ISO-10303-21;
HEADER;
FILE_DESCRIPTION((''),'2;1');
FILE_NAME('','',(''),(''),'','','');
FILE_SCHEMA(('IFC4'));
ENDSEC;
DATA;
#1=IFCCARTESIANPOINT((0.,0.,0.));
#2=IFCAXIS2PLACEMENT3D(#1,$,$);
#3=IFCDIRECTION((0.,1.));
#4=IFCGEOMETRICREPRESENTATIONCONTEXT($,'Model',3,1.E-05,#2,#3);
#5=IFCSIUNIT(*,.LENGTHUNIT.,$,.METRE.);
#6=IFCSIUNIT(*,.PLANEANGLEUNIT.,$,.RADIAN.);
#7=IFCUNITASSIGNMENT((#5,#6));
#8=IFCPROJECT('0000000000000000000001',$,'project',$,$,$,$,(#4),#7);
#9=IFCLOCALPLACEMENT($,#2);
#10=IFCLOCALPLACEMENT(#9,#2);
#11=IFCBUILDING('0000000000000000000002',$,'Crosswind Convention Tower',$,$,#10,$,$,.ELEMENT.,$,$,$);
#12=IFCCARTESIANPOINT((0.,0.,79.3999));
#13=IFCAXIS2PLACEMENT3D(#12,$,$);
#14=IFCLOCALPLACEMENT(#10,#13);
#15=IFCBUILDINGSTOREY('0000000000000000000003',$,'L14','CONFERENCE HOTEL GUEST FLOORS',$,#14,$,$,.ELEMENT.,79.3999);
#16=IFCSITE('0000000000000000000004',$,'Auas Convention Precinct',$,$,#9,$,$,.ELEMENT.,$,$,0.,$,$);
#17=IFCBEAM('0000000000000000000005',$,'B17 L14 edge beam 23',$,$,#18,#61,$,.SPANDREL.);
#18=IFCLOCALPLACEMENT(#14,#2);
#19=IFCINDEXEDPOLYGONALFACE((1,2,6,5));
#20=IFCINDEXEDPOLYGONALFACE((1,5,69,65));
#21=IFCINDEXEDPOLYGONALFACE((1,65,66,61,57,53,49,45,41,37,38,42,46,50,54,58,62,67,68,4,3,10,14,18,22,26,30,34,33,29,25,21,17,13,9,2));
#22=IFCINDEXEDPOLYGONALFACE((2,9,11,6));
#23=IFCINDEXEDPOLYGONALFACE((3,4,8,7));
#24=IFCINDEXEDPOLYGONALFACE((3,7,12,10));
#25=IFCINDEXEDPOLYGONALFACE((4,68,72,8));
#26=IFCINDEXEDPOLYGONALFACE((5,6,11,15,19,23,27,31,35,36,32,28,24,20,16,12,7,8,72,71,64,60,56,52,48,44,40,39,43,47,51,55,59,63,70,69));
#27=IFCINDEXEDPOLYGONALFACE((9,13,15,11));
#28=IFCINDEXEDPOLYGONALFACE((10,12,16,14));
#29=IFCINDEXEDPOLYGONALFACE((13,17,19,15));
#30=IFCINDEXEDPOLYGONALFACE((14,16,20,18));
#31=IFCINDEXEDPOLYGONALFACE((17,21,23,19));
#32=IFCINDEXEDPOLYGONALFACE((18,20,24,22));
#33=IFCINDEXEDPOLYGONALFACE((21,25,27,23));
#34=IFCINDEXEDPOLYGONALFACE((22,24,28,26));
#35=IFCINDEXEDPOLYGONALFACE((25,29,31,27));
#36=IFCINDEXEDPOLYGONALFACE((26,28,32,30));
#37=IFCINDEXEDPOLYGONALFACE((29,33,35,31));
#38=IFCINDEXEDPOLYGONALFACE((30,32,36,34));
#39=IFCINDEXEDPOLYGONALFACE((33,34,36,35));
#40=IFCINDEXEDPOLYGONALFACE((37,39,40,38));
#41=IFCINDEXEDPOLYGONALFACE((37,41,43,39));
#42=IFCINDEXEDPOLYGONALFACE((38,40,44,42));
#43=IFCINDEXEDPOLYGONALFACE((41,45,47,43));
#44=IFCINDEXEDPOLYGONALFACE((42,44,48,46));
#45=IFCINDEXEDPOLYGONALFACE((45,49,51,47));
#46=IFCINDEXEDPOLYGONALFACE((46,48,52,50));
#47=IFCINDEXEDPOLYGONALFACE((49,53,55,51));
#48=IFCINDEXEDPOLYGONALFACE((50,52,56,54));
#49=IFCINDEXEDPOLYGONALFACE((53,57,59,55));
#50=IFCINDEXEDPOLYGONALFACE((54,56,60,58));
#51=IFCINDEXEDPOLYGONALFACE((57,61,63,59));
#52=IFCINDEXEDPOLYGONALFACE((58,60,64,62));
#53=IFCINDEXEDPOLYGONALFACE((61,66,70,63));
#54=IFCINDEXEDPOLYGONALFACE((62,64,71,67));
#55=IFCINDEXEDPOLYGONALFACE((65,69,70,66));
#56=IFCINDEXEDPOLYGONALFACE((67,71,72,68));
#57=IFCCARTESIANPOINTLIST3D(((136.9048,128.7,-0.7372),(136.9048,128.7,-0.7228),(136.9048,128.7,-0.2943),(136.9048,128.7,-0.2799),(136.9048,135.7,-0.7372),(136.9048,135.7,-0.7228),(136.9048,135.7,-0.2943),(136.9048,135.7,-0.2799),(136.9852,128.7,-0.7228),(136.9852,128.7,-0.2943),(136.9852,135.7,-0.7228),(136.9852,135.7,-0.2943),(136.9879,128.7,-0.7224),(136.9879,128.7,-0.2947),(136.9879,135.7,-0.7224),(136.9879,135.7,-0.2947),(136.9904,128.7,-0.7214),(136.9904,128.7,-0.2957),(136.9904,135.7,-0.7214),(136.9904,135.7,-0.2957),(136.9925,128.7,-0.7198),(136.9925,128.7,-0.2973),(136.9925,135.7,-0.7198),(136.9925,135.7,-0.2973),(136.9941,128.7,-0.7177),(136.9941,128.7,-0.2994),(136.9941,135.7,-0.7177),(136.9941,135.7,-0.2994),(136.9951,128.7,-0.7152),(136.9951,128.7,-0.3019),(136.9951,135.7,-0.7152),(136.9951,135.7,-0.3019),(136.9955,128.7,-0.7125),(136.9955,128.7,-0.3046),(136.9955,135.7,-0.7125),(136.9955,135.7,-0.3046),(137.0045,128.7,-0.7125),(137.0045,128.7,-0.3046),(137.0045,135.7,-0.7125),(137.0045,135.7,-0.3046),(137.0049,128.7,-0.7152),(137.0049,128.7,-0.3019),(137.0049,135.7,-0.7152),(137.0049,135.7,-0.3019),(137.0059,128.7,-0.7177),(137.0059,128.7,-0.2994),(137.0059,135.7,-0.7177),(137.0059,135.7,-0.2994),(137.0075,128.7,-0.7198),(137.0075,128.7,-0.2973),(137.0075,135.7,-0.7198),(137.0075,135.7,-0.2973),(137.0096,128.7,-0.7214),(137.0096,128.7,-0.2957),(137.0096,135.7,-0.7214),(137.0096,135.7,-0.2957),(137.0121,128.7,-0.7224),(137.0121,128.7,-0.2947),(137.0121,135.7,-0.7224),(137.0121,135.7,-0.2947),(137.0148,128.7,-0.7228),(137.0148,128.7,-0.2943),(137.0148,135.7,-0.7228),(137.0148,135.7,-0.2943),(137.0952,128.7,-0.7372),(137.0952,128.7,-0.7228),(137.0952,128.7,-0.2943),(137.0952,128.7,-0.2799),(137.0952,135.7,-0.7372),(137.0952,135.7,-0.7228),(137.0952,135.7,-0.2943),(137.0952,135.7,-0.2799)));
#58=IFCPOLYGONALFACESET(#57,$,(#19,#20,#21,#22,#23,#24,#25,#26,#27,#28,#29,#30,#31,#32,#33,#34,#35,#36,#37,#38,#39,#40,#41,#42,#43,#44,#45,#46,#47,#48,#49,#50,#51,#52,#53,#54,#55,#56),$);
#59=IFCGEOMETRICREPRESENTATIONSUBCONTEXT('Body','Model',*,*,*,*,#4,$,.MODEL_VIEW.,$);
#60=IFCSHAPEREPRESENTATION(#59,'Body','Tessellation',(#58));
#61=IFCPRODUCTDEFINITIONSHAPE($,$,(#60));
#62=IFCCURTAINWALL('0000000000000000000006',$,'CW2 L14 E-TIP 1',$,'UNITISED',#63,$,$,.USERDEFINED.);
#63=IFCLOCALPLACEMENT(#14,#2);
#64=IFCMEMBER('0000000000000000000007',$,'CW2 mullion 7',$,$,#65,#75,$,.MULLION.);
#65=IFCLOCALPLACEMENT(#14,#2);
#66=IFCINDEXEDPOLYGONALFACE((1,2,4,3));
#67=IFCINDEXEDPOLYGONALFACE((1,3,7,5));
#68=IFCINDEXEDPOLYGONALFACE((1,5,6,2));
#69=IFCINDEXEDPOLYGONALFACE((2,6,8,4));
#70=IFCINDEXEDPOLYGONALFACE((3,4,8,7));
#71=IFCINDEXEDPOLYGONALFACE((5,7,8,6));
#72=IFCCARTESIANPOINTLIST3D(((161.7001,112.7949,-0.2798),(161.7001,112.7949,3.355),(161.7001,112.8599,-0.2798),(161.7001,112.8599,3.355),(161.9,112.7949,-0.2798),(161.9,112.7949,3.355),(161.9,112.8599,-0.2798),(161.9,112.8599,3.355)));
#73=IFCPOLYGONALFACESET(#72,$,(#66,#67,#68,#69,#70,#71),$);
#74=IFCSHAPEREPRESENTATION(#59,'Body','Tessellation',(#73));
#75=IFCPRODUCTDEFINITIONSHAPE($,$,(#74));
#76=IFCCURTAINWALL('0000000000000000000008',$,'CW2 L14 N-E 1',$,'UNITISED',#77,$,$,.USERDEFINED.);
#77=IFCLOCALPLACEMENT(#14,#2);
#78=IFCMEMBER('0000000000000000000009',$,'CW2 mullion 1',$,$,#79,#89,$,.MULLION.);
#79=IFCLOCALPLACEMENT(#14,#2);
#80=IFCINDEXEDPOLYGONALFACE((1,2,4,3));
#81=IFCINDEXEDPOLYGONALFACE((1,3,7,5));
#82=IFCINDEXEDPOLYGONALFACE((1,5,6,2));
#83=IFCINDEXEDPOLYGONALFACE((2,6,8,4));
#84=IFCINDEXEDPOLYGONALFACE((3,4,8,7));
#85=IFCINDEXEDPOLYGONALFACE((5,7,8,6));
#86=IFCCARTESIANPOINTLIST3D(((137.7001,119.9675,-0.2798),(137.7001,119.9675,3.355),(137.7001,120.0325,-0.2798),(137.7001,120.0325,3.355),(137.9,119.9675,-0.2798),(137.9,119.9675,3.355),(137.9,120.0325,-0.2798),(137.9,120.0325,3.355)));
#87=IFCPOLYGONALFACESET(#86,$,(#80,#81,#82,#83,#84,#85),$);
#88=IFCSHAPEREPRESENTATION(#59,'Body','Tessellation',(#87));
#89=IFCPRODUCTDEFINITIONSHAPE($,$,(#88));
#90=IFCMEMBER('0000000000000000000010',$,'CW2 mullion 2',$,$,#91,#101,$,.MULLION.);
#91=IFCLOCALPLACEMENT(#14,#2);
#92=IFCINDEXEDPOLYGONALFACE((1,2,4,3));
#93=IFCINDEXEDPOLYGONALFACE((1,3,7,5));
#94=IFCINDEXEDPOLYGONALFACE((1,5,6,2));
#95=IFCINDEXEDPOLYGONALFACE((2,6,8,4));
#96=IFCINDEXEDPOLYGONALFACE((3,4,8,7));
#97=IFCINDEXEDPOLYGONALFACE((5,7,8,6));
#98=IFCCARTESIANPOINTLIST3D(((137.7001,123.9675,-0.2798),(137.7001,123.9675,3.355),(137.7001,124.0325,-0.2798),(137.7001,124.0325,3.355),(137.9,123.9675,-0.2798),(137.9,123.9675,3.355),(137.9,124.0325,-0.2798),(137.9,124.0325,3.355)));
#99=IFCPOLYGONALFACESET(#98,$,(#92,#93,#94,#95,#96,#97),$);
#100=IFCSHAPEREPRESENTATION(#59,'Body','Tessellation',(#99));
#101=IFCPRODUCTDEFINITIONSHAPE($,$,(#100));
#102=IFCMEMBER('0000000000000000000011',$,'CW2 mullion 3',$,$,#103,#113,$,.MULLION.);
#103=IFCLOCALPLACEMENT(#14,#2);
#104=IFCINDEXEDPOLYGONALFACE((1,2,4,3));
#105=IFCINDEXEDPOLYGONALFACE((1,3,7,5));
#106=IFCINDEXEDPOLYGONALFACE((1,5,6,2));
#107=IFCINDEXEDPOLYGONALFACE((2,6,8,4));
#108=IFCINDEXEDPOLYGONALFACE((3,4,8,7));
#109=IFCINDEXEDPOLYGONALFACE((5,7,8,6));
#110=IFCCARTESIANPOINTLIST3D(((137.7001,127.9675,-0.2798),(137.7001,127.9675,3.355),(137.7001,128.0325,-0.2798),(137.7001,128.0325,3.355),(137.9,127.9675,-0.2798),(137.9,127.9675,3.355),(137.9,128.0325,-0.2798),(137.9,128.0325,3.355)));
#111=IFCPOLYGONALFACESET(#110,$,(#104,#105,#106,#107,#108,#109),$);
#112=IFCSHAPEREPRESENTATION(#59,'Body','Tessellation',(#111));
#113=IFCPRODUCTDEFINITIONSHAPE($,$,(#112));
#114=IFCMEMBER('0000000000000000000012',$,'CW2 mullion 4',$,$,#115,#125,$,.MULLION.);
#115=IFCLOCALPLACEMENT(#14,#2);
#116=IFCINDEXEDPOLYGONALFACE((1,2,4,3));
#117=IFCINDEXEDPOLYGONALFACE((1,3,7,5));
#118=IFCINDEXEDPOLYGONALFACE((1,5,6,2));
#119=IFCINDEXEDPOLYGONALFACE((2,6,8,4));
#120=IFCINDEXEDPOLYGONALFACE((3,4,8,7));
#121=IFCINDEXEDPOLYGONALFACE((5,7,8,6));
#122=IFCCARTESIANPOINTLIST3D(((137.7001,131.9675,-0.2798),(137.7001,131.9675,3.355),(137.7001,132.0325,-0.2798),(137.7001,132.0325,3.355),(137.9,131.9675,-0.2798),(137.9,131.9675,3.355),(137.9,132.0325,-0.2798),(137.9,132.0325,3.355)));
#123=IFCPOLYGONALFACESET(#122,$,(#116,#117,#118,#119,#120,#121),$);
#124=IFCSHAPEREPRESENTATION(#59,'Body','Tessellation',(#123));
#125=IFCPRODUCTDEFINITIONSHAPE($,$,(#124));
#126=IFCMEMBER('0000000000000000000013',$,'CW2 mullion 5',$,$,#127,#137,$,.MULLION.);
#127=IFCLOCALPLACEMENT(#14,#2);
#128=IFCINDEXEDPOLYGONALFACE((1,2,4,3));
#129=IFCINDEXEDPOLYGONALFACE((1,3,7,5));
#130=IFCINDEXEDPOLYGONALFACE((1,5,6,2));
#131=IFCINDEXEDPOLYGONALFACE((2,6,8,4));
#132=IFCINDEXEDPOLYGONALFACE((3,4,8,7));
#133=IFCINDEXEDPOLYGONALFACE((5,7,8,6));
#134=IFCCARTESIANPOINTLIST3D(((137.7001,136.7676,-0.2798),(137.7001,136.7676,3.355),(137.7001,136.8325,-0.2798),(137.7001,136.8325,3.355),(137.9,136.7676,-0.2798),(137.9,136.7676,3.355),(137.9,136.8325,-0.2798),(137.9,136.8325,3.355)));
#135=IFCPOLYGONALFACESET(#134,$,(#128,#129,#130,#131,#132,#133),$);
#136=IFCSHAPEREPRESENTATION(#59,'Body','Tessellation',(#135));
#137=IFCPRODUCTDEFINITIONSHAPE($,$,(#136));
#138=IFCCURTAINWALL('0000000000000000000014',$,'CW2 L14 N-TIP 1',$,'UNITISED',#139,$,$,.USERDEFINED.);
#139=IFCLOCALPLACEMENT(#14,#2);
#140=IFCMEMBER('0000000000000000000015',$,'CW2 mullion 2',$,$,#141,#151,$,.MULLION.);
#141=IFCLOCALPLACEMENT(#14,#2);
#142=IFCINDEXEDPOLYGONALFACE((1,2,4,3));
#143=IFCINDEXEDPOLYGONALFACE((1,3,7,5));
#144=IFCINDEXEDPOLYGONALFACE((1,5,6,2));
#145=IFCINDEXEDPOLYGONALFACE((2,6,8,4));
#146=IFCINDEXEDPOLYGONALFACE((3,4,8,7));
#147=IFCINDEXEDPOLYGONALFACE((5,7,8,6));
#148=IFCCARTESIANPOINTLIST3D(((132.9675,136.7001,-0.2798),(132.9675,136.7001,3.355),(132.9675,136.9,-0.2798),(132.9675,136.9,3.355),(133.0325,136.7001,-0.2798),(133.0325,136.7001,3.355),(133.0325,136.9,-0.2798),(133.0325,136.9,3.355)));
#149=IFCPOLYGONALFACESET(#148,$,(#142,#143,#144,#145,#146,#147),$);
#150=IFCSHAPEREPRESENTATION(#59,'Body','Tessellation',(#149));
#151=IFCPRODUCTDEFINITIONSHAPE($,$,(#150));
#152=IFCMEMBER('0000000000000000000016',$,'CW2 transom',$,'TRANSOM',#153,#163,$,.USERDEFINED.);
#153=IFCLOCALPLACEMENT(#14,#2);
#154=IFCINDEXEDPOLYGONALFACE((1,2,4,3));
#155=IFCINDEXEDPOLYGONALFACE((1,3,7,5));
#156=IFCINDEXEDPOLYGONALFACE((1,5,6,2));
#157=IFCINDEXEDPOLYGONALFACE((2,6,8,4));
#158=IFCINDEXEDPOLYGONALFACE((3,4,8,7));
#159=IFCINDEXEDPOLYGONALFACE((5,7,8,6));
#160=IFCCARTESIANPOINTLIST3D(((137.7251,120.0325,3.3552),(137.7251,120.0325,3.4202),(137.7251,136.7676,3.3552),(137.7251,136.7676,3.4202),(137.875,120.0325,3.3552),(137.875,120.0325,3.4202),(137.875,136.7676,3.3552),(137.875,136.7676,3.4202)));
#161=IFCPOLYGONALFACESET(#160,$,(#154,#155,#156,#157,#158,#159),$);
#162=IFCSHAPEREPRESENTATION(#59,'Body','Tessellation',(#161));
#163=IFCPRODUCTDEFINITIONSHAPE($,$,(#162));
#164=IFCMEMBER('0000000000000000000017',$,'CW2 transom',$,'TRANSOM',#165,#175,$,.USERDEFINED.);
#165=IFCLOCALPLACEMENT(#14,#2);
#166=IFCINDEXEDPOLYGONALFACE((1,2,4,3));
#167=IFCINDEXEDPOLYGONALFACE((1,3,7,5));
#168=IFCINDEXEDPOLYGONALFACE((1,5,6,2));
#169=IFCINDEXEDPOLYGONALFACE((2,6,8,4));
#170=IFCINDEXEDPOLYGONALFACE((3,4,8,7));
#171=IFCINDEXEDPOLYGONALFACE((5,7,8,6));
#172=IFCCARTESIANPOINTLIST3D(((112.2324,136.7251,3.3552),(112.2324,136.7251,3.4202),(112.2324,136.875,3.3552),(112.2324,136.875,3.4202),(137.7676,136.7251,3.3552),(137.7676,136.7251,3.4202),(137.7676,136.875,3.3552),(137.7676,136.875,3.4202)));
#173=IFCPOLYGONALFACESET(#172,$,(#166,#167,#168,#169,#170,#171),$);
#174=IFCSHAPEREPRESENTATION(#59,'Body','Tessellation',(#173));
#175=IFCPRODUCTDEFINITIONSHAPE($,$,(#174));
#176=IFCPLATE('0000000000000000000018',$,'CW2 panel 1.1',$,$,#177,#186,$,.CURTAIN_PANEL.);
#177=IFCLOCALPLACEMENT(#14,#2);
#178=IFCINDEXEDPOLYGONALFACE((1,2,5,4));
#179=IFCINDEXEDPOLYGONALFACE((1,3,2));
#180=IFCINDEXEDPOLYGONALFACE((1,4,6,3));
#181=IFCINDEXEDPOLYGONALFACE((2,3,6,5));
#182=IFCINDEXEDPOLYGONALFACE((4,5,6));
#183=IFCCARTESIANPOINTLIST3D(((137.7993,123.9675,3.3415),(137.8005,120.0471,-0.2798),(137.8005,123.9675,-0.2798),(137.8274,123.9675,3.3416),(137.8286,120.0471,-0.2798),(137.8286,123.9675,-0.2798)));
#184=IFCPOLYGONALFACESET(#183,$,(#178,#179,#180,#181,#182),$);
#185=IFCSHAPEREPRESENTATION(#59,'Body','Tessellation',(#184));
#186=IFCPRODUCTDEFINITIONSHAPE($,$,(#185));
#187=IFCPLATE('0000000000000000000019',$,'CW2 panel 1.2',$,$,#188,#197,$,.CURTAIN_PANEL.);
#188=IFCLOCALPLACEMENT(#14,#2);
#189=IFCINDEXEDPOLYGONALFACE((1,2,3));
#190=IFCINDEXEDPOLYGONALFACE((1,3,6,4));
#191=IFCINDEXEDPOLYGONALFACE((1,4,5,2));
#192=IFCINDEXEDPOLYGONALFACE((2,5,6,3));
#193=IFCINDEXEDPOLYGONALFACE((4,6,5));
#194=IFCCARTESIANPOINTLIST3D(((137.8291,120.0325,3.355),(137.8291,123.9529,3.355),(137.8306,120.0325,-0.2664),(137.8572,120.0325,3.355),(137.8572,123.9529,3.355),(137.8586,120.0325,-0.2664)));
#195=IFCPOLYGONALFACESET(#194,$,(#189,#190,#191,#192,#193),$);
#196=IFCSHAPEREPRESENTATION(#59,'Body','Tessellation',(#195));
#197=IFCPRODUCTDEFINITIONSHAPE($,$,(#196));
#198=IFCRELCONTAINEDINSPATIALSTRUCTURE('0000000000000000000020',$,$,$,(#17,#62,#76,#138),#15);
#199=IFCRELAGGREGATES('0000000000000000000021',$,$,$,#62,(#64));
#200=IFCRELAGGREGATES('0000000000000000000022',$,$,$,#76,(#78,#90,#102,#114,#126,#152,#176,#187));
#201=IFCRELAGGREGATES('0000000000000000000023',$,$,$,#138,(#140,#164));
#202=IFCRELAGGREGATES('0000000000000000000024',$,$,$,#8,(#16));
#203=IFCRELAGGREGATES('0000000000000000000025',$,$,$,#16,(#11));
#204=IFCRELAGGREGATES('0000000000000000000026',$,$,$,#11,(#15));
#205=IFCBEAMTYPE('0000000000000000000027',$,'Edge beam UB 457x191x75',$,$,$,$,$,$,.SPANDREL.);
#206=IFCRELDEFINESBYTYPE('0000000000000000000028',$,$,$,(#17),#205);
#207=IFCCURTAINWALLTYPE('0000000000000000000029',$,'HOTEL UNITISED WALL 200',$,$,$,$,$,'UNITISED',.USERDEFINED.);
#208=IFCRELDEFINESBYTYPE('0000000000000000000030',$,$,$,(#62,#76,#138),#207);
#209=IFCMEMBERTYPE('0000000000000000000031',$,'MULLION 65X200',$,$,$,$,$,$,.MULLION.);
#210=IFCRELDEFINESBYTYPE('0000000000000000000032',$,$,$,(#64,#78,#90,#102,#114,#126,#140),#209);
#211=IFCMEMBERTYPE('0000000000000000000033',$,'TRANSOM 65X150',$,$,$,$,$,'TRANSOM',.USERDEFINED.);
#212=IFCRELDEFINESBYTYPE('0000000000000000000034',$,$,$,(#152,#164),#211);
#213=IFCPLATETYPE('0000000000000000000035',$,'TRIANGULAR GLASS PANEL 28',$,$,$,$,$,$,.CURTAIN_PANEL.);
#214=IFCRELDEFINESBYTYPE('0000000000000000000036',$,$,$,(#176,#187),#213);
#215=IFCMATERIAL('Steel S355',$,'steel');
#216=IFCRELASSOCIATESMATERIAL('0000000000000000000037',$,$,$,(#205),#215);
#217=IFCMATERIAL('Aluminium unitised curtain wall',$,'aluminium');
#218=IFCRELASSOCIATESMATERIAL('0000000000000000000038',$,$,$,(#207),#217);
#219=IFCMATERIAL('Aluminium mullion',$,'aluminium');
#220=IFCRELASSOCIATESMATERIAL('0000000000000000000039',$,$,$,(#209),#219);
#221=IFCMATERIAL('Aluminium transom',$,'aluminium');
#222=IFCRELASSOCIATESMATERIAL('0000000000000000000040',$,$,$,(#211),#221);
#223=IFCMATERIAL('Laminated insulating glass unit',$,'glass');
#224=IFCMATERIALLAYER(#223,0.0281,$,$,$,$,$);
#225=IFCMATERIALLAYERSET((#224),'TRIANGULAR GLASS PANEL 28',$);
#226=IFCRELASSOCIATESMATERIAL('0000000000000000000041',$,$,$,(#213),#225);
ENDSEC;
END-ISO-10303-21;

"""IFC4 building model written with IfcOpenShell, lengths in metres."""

from ifc_helpers import new_model, si_unit, direction, frame, origin, origin_2d, place, context, subcontext, project, spatial, polyline, rectangle, i_section, outline, extrude, material, layer, layer_set, material_profile, profile_set, type_object, element, aggregate, save


model = new_model("IFC4")

# Units and contexts
model_context = context("Model", 3, precision=1e-05, world=origin(), true_north=direction((0.0, 1.0)))
body_context = subcontext(model_context, "Body", "Model", "MODEL_VIEW")
ifc_project = project(units=[si_unit("LENGTHUNIT", "METRE"), si_unit("PLANEANGLEUNIT", "RADIAN")], contexts=[model_context])

# Site, building, storey
site_placement = place(None, origin())
site = spatial("IfcSite", under=ifc_project, at=site_placement, Name="Auas Convention Precinct", CompositionType="ELEMENT", RefElevation=0.0)
building_placement = place(site_placement, origin())
building = spatial("IfcBuilding", under=site, at=building_placement, Name="Crosswind Convention Tower", CompositionType="ELEMENT")
storey_placement = place(building_placement, frame((0.0, 0.0, 79.3999)))
storey = spatial("IfcBuildingStorey", under=building, at=storey_placement, Name="L14", Description="CONFERENCE HOTEL GUEST FLOORS", CompositionType="ELEMENT", Elevation=79.3999)

# Beam
ifc_material_1 = material(Name="Steel S355", Category="steel")
ifc_material_profile_1 = material_profile(ifc_material_1, i_section(OverallWidth=0.1904, OverallDepth=0.4573, WebThickness=0.009, FlangeThickness=0.0144, FilletRadius=0.0103, at=origin_2d()), Name="UB 457x191x75")
ifc_profile_set_1 = profile_set([ifc_material_profile_1], Name="Steel S355")
beam_type_1 = type_object("IfcBeamType", Name="Edge beam UB 457x191x75", PredefinedType="SPANDREL", material=ifc_profile_set_1)
beam_1_placement = place(storey_placement, frame((137.0, 128.7, -0.5085), z_axis=(0.0, 1.0, 0.0), x_axis=(-1.0, 0.0, 0.0)))
element("IfcBeam", 1, at=beam_1_placement, inside=storey, type_object=beam_type_1, Name="B17 L14 edge beam 23", PredefinedType="SPANDREL", context=body_context, shape_type="SweptSolid", body=[
    extrude(i_section(OverallWidth=0.1904, OverallDepth=0.4573, WebThickness=0.009, FlangeThickness=0.0144, FilletRadius=0.0103, at=origin_2d()), origin(), (0.0, 0.0, 1.0), 7.0),
])

# Curtain wall, member
ifc_material_2 = material(Name="Aluminium unitised curtain wall", Category="aluminium")
curtain_wall_type = type_object("IfcCurtainWallType", Name="HOTEL UNITISED WALL 200", ElementType="UNITISED", PredefinedType="USERDEFINED", material=ifc_material_2)
curtain_wall_1_placement = place(storey_placement, origin())
curtain_wall_1 = element("IfcCurtainWall", 2, at=curtain_wall_1_placement, inside=storey, type_object=curtain_wall_type, Name="CW2 L14 E-TIP 1", ObjectType="UNITISED", PredefinedType="USERDEFINED")
ifc_material_3 = material(Name="Aluminium mullion", Category="aluminium")
ifc_material_profile_2 = material_profile(ifc_material_3, rectangle(XDim=0.2, YDim=0.0649, at=origin_2d()), Name="AL 200X65")
ifc_profile_set_2 = profile_set([ifc_material_profile_2], Name="Aluminium mullion")
member_type_1 = type_object("IfcMemberType", Name="MULLION 65X200", PredefinedType="MULLION", material=ifc_profile_set_2)
member_1_placement = place(storey_placement, frame((161.8, 112.8274, -0.2798), z_axis=(0.0, 0.0, 1.0), x_axis=(1.0, 0.0, 0.0)))
member_1 = element("IfcMember", 3, at=member_1_placement, type_object=member_type_1, Name="CW2 mullion 7", PredefinedType="MULLION", context=body_context, shape_type="SweptSolid", body=[
    extrude(rectangle(XDim=0.2, YDim=0.0649, at=origin_2d()), origin(), (0.0, 0.0, 1.0), 3.6348),
])
aggregate(curtain_wall_1, [member_1])

# Curtain wall, members
curtain_wall_2_placement = place(storey_placement, origin())
curtain_wall_2 = element("IfcCurtainWall", 4, at=curtain_wall_2_placement, inside=storey, type_object=curtain_wall_type, Name="CW2 L14 N-E 1", ObjectType="UNITISED", PredefinedType="USERDEFINED")
member_2_placement = place(storey_placement, frame((137.8, 120.0, -0.2798), z_axis=(0.0, 0.0, 1.0), x_axis=(1.0, 0.0, 0.0)))
member_2 = element("IfcMember", 5, at=member_2_placement, type_object=member_type_1, Name="CW2 mullion 1", PredefinedType="MULLION", context=body_context, shape_type="SweptSolid", body=[
    extrude(rectangle(XDim=0.2, YDim=0.0649, at=origin_2d()), origin(), (0.0, 0.0, 1.0), 3.6348),
])
member_3_placement = place(storey_placement, frame((137.8, 124.0, -0.2798), z_axis=(0.0, 0.0, 1.0), x_axis=(1.0, 0.0, 0.0)))
member_3 = element("IfcMember", 6, at=member_3_placement, type_object=member_type_1, Name="CW2 mullion 2", PredefinedType="MULLION", context=body_context, shape_type="SweptSolid", body=[
    extrude(rectangle(XDim=0.2, YDim=0.0649, at=origin_2d()), origin(), (0.0, 0.0, 1.0), 3.6348),
])
member_4_placement = place(storey_placement, frame((137.8, 128.0, -0.2798), z_axis=(0.0, 0.0, 1.0), x_axis=(1.0, 0.0, 0.0)))
member_4 = element("IfcMember", 7, at=member_4_placement, type_object=member_type_1, Name="CW2 mullion 3", PredefinedType="MULLION", context=body_context, shape_type="SweptSolid", body=[
    extrude(rectangle(XDim=0.2, YDim=0.0649, at=origin_2d()), origin(), (0.0, 0.0, 1.0), 3.6348),
])
member_5_placement = place(storey_placement, frame((137.8, 132.0, -0.2798), z_axis=(0.0, 0.0, 1.0), x_axis=(1.0, 0.0, 0.0)))
member_5 = element("IfcMember", 8, at=member_5_placement, type_object=member_type_1, Name="CW2 mullion 4", PredefinedType="MULLION", context=body_context, shape_type="SweptSolid", body=[
    extrude(rectangle(XDim=0.2, YDim=0.0649, at=origin_2d()), origin(), (0.0, 0.0, 1.0), 3.6348),
])
member_6_placement = place(storey_placement, frame((137.8, 136.8, -0.2798), z_axis=(0.0, 0.0, 1.0), x_axis=(1.0, 0.0, 0.0)))
member_6 = element("IfcMember", 9, at=member_6_placement, type_object=member_type_1, Name="CW2 mullion 5", PredefinedType="MULLION", context=body_context, shape_type="SweptSolid", body=[
    extrude(rectangle(XDim=0.2, YDim=0.0649, at=origin_2d()), origin(), (0.0, 0.0, 1.0), 3.6348),
])

# Curtain wall, member
curtain_wall_3_placement = place(storey_placement, origin())
curtain_wall_3 = element("IfcCurtainWall", 10, at=curtain_wall_3_placement, inside=storey, type_object=curtain_wall_type, Name="CW2 L14 N-TIP 1", ObjectType="UNITISED", PredefinedType="USERDEFINED")
member_7_placement = place(storey_placement, frame((133.0, 136.8, -0.2798), z_axis=(0.0, 0.0, 1.0), x_axis=(0.0, 1.0, 0.0)))
member_7 = element("IfcMember", 11, at=member_7_placement, type_object=member_type_1, Name="CW2 mullion 2", PredefinedType="MULLION", context=body_context, shape_type="SweptSolid", body=[
    extrude(rectangle(XDim=0.2, YDim=0.0649, at=origin_2d()), origin(), (0.0, 0.0, 1.0), 3.6348),
])

# Members
ifc_material_4 = material(Name="Aluminium transom", Category="aluminium")
ifc_material_profile_3 = material_profile(ifc_material_4, rectangle(XDim=0.1499, YDim=0.0649, at=origin_2d()), Name="AL 150X65")
ifc_profile_set_3 = profile_set([ifc_material_profile_3], Name="Aluminium transom")
member_type_2 = type_object("IfcMemberType", Name="TRANSOM 65X150", ElementType="TRANSOM", PredefinedType="USERDEFINED", material=ifc_profile_set_3)
member_8_placement = place(storey_placement, frame((137.8, 120.0325, 3.3877), z_axis=(0.0, 1.0, 0.0), x_axis=(-1.0, 0.0, 0.0)))
member_8 = element("IfcMember", 12, at=member_8_placement, type_object=member_type_2, Name="CW2 transom", ObjectType="TRANSOM", PredefinedType="USERDEFINED", context=body_context, shape_type="SweptSolid", body=[
    extrude(rectangle(XDim=0.1499, YDim=0.0649, at=origin_2d()), origin(), (0.0, 0.0, 1.0), 16.7351),
])
member_9_placement = place(storey_placement, frame((137.7676, 136.8, 3.3877), z_axis=(-1.0, 0.0, 0.0), x_axis=(0.0, -1.0, 0.0)))
member_9 = element("IfcMember", 13, at=member_9_placement, type_object=member_type_2, Name="CW2 transom", ObjectType="TRANSOM", PredefinedType="USERDEFINED", context=body_context, shape_type="SweptSolid", body=[
    extrude(rectangle(XDim=0.1499, YDim=0.0649, at=origin_2d()), origin(), (0.0, 0.0, 1.0), 25.5352),
])

# Plates
ifc_material_5 = material(Name="Laminated insulating glass unit", Category="glass")
ifc_layer_1 = layer(ifc_material_5, 0.0281)
ifc_layer_set_1 = layer_set([ifc_layer_1], Name="TRIANGULAR GLASS PANEL 28")
plate_type = type_object("IfcPlateType", Name="TRIANGULAR GLASS PANEL 28", PredefinedType="CURTAIN_PANEL", material=ifc_layer_set_1)
plate_1_placement = place(storey_placement, frame((137.8286, 123.9675, -0.2798), z_axis=(1.0, 0.0, 0.000337), x_axis=(-0.000337, 0.0, 1.0)))
plate_1 = element("IfcPlate", 14, at=plate_1_placement, type_object=plate_type, Name="CW2 panel 1.1", PredefinedType="CURTAIN_PANEL", context=body_context, shape_type="SweptSolid", body=[
    extrude(outline(polyline([(0.0, 0.0), (3.6213, 0.0), (0.0, 3.9204), (0.0, 0.0)])), origin(), (0.0, 0.0, -1.0), 0.0281),
])
plate_2_placement = place(storey_placement, frame((137.8572, 120.0325, 3.355), z_axis=(1.0, 0.0, 0.000405), x_axis=(0.000405, 0.0, -1.0)))
plate_2 = element("IfcPlate", 15, at=plate_2_placement, type_object=plate_type, Name="CW2 panel 1.2", PredefinedType="CURTAIN_PANEL", context=body_context, shape_type="SweptSolid", body=[
    extrude(outline(polyline([(0.0, 0.0), (3.6213, 0.0), (0.0, 3.9204), (0.0, 0.0)])), origin(), (0.0, 0.0, -1.0), 0.0281),
])

aggregate(curtain_wall_2, [member_2, member_3, member_4, member_5, member_6, member_8, plate_1, plate_2])
aggregate(curtain_wall_3, [member_7, member_9])

save(model, "model.ifc")
